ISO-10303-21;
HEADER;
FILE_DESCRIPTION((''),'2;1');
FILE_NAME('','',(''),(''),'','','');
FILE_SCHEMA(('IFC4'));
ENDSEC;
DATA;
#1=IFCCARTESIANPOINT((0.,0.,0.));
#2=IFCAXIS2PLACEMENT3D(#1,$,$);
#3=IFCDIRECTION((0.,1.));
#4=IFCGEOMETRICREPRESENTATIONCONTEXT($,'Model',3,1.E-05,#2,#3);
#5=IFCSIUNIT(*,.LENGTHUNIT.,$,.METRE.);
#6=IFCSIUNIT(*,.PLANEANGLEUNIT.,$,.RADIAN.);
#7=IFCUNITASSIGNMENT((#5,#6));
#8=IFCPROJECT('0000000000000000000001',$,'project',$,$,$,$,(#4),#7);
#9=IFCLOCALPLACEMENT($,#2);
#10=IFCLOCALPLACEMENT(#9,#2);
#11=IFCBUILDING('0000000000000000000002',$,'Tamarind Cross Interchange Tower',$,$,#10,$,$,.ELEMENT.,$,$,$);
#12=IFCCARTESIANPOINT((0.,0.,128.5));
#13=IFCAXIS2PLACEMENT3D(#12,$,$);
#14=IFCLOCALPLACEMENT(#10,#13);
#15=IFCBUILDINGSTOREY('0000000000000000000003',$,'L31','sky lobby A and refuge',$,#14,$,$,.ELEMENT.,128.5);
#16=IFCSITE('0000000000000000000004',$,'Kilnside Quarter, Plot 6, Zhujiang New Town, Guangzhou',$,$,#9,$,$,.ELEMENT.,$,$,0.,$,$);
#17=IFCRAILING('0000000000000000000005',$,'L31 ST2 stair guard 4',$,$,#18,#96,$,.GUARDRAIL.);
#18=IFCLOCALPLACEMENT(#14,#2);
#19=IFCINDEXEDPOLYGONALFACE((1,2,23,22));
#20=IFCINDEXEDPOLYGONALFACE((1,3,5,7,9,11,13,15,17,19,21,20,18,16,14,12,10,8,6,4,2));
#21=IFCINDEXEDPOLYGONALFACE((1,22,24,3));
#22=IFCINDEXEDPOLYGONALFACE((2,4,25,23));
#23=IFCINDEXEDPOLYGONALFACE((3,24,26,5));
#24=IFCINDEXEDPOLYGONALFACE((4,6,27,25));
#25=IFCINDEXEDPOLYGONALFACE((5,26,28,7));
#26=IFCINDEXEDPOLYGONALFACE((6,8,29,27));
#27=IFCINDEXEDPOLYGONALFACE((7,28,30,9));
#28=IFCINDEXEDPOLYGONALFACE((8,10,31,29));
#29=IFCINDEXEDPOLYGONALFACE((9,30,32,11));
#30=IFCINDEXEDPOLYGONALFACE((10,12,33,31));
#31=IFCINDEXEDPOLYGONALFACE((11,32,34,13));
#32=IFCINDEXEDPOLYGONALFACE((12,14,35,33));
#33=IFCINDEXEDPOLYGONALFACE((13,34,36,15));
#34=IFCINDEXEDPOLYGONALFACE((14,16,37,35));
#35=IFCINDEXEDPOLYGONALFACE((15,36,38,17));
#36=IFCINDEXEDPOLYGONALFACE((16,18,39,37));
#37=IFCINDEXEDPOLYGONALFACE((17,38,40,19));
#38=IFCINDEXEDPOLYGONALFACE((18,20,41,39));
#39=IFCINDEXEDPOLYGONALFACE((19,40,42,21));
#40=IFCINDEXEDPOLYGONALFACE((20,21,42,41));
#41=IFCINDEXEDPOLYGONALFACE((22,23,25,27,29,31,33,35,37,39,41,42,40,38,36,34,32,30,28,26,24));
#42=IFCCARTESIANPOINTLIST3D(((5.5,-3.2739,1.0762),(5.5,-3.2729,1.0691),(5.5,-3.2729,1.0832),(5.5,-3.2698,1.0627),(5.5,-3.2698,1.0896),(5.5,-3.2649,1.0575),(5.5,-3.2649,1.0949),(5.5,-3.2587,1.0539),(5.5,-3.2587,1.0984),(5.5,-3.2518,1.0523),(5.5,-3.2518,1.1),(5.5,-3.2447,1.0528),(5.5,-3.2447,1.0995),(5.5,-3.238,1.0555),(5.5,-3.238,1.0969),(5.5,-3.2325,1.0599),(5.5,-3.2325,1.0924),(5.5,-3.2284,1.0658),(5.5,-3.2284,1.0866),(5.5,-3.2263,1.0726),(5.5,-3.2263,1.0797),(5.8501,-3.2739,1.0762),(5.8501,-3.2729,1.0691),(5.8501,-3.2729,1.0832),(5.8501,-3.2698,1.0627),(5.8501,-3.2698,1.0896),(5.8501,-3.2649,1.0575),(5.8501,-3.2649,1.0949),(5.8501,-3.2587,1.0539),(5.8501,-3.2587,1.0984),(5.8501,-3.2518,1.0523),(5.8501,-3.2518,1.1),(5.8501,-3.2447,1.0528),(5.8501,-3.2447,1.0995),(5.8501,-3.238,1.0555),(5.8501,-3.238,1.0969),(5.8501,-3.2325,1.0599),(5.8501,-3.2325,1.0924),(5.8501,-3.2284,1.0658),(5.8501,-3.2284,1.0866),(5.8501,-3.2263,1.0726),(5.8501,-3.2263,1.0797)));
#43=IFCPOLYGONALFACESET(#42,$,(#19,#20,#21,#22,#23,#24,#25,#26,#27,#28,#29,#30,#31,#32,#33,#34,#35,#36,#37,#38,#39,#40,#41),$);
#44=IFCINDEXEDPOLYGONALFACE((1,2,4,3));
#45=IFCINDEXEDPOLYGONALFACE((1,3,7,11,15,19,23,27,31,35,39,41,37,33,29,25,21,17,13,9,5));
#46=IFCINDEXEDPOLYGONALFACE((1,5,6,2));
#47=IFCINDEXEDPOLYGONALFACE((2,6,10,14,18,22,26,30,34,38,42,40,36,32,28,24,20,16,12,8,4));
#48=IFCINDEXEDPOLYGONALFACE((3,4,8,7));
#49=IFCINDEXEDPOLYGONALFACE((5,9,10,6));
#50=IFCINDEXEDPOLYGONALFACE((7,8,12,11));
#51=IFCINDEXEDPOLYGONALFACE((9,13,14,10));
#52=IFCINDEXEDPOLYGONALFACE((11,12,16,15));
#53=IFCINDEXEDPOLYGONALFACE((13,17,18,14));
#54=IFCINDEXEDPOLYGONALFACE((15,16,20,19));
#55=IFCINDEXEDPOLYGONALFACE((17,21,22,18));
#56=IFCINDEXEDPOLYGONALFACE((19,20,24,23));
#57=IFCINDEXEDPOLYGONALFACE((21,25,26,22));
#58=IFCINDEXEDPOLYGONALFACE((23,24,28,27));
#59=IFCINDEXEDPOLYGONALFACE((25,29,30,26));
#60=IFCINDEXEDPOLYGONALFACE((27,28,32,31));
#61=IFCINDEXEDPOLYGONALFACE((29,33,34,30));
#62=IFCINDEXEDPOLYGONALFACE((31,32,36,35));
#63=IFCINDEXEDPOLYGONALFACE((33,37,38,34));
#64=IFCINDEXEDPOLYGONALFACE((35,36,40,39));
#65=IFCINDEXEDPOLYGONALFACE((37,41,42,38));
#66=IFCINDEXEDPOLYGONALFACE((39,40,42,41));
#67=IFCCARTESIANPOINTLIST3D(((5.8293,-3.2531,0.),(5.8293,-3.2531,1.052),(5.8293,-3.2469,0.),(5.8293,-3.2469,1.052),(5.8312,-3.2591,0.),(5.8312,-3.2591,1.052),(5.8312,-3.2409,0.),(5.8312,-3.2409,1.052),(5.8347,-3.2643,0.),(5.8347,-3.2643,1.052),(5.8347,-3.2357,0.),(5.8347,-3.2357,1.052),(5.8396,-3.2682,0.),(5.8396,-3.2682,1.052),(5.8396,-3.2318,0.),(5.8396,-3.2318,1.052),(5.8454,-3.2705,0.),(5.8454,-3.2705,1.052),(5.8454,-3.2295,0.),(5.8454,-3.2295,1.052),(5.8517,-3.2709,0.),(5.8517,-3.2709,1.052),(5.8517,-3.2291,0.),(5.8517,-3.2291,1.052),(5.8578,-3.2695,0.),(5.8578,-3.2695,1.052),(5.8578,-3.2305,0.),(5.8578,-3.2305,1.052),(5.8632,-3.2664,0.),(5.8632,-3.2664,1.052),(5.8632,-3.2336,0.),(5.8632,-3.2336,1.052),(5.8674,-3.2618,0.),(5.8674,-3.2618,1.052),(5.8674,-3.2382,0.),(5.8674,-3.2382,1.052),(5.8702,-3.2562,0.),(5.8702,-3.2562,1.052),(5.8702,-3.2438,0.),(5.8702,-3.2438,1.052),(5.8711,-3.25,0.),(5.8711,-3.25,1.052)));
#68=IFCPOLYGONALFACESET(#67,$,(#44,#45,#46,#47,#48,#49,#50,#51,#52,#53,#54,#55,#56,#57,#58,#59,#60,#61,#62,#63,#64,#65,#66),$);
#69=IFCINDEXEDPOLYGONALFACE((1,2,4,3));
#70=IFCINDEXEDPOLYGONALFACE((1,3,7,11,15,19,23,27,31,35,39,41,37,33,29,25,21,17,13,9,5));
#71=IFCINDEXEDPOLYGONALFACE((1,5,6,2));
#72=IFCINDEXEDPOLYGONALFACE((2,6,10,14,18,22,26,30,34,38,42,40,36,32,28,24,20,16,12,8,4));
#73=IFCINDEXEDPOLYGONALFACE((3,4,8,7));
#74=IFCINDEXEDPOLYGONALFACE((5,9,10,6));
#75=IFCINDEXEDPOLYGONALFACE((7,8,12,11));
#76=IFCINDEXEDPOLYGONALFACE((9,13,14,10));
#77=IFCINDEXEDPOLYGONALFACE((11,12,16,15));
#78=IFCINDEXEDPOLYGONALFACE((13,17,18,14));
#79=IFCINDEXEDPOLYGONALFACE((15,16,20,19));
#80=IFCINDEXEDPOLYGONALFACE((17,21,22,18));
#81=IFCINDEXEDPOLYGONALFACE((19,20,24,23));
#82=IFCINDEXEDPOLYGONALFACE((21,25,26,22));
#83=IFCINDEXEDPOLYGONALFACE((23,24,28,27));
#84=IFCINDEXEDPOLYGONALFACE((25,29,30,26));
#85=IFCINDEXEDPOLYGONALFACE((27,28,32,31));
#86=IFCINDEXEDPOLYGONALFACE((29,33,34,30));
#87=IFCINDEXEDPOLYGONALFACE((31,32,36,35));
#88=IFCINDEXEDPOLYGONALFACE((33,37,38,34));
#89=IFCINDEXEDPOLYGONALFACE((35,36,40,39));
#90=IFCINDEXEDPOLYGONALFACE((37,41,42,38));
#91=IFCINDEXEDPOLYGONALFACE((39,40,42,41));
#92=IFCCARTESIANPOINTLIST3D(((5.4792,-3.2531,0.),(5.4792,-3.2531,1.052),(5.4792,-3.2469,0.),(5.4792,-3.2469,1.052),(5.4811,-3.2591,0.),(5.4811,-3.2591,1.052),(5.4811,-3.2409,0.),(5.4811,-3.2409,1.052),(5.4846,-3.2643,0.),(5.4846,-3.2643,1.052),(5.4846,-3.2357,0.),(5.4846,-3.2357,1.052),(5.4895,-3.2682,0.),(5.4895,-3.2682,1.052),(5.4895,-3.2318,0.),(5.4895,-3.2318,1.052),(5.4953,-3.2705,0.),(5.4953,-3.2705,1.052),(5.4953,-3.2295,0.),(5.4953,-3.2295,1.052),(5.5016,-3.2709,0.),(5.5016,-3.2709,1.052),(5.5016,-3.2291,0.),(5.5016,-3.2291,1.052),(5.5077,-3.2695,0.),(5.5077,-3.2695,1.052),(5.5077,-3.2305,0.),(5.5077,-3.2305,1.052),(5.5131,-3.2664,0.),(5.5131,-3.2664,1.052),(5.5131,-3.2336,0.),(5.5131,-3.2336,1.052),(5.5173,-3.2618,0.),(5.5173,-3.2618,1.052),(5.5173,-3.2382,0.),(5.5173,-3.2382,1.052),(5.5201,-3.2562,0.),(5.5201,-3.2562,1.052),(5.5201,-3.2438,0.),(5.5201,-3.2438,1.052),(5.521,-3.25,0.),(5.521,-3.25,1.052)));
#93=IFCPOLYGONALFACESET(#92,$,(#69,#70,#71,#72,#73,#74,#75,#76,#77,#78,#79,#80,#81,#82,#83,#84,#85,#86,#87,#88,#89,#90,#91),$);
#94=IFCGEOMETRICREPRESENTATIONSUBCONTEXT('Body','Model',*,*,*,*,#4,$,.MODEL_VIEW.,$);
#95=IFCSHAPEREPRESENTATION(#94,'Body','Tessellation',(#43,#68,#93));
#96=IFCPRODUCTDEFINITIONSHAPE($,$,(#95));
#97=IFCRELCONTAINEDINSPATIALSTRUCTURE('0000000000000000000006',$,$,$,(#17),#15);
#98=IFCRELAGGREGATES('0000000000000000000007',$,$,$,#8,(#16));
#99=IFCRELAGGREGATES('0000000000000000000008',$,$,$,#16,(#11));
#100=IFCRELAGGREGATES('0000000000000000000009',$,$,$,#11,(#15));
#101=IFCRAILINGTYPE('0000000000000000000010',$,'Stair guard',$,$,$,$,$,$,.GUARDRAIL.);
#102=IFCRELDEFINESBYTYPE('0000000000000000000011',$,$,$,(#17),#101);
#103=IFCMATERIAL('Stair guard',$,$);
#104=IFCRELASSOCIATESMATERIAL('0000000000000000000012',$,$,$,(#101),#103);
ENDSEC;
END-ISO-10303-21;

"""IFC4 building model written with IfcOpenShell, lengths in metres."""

from ifc_helpers import new_model, si_unit, direction, frame, origin, origin_2d, place, context, subcontext, project, spatial, circle, extrude, material, type_object, element, save


model = new_model("IFC4")

# Units and contexts
model_context = context("Model", 3, precision=1e-05, world=origin(), true_north=direction((0.0, 1.0)))
body_context = subcontext(model_context, "Body", "Model", "MODEL_VIEW")
ifc_project = project(units=[si_unit("LENGTHUNIT", "METRE"), si_unit("PLANEANGLEUNIT", "RADIAN")], contexts=[model_context])

# Site, building, storey
site_placement = place(None, origin())
site = spatial("IfcSite", under=ifc_project, at=site_placement, Name="Kilnside Quarter, Plot 6, Zhujiang New Town, Guangzhou", CompositionType="ELEMENT", RefElevation=0.0)
building_placement = place(site_placement, origin())
building = spatial("IfcBuilding", under=site, at=building_placement, Name="Tamarind Cross Interchange Tower", CompositionType="ELEMENT")
storey_placement = place(building_placement, frame((0.0, 0.0, 128.5)))
storey = spatial("IfcBuildingStorey", under=building, at=storey_placement, Name="L31", Description="sky lobby A and refuge", CompositionType="ELEMENT", Elevation=128.5)

# Railing
ifc_material_1 = material(Name="Stair guard")
railing_type_1 = type_object("IfcRailingType", Name="Stair guard", PredefinedType="GUARDRAIL", material=ifc_material_1)
railing_1_placement = place(storey_placement, frame((5.8501, -3.25, 0.0)))
element("IfcRailing", 1, at=railing_1_placement, inside=storey, type_object=railing_type_1, Name="L31 ST2 stair guard 4", PredefinedType="GUARDRAIL", context=body_context, shape_type="SweptSolid", body=[
    extrude(circle(Radius=0.0239, at=origin_2d()), frame((0.0, 0.0, 1.0762), z_axis=(-1.0, 0.0, 0.0), x_axis=(0.0, -1.0, 0.0)), (0.0, 0.0, 1.0), 0.3501),
    extrude(circle(Radius=0.021, at=origin_2d()), origin(), (0.0, 0.0, 1.0), 1.052),
    extrude(circle(Radius=0.021, at=origin_2d()), frame((-0.3501, 0.0, 0.0)), (0.0, 0.0, 1.0), 1.052),
])

save(model, "model.ifc")
